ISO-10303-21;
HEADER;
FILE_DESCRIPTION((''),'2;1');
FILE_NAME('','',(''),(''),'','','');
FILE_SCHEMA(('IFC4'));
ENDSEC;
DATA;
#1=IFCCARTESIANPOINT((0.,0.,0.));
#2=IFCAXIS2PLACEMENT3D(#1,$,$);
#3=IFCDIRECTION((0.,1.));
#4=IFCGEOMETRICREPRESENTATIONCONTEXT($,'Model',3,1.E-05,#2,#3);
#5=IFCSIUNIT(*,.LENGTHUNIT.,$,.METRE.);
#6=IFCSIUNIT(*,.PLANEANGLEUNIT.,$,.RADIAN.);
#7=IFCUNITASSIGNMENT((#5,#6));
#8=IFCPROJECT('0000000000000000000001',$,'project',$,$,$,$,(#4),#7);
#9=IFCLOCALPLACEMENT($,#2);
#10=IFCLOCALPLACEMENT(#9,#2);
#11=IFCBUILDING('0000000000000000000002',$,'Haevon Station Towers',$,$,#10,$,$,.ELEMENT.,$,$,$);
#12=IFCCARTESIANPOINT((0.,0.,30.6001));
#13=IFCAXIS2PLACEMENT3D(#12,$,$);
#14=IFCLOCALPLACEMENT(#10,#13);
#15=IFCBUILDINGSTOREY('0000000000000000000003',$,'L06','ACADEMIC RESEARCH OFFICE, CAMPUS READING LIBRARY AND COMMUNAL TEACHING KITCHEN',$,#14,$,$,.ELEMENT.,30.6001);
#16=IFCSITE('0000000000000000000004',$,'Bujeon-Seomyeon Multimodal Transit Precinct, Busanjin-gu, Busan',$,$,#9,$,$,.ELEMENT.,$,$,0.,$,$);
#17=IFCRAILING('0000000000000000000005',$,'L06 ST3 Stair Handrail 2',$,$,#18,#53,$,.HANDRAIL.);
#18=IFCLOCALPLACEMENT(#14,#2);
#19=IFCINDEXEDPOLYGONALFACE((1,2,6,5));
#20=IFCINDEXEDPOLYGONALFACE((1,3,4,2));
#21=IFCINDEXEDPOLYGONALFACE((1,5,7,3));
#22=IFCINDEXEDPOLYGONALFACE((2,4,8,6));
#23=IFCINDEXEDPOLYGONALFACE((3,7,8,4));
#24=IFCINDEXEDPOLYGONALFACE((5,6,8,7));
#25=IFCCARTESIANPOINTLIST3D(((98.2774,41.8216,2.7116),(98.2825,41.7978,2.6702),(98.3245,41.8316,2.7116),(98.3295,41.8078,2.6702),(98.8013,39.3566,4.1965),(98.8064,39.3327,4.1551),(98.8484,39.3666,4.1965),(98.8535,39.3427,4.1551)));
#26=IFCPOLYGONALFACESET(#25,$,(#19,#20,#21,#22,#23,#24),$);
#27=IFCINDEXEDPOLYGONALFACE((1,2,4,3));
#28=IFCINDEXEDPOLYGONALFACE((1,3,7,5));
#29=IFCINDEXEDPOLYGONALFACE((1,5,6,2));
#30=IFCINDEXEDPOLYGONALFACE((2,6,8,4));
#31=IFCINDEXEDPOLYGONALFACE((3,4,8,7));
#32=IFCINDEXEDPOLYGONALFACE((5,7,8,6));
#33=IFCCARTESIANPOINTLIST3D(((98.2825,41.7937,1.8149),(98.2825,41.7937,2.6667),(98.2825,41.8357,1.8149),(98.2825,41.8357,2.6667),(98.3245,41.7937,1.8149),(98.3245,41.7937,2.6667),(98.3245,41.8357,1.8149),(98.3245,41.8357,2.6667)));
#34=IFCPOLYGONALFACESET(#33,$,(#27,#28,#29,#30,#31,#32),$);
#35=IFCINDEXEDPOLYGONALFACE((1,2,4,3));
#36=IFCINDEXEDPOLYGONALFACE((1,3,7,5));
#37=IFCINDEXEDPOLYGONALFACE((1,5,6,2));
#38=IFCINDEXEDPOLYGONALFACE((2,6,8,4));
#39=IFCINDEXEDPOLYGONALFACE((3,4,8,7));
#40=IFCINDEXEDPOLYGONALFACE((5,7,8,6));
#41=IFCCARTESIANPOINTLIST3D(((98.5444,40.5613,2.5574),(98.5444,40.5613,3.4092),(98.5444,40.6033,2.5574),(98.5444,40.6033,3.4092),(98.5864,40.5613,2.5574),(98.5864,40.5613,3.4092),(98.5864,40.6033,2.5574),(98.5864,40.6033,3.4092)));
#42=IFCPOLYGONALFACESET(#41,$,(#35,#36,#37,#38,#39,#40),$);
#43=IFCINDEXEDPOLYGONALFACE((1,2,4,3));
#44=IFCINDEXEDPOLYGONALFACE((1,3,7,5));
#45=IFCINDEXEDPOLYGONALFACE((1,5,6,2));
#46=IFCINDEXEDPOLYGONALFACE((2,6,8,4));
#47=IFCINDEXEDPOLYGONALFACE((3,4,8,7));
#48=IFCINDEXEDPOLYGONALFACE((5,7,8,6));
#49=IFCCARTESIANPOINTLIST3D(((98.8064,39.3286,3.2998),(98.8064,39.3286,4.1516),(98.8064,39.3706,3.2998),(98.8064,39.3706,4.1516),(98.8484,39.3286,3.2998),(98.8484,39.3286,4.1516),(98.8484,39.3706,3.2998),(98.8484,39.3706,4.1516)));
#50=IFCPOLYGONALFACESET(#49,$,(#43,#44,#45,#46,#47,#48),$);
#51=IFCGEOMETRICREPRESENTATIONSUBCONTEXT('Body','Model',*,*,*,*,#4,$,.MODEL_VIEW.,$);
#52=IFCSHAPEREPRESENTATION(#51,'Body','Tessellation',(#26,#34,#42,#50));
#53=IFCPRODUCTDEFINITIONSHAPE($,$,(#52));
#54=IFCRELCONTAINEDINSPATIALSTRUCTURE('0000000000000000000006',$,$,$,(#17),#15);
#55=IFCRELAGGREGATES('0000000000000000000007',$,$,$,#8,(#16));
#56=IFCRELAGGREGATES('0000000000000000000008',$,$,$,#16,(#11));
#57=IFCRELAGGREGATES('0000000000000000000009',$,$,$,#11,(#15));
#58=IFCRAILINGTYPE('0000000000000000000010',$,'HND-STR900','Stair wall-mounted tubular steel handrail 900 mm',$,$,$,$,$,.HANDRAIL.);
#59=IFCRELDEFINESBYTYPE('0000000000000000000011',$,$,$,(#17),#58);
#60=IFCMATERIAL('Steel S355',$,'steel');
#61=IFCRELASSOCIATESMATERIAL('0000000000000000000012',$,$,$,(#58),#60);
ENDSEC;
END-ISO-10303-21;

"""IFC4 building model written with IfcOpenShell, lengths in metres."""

from ifc_helpers import new_model, si_unit, direction, frame, origin, origin_2d, place, context, subcontext, project, spatial, rectangle, extrude, material, type_object, element, save


model = new_model("IFC4")

# Units and contexts
model_context = context("Model", 3, precision=1e-05, world=origin(), true_north=direction((0.0, 1.0)))
body_context = subcontext(model_context, "Body", "Model", "MODEL_VIEW")
ifc_project = project(units=[si_unit("LENGTHUNIT", "METRE"), si_unit("PLANEANGLEUNIT", "RADIAN")], contexts=[model_context])

# Site, building, storey
site_placement = place(None, origin())
site = spatial("IfcSite", under=ifc_project, at=site_placement, Name="Bujeon-Seomyeon Multimodal Transit Precinct, Busanjin-gu, Busan", CompositionType="ELEMENT", RefElevation=0.0)
building_placement = place(site_placement, origin())
building = spatial("IfcBuilding", under=site, at=building_placement, Name="Haevon Station Towers", CompositionType="ELEMENT")
storey_placement = place(building_placement, frame((0.0, 0.0, 30.6001)))
storey = spatial("IfcBuildingStorey", under=building, at=storey_placement, Name="L06", Description="ACADEMIC RESEARCH OFFICE, CAMPUS READING LIBRARY AND COMMUNAL TEACHING KITCHEN", CompositionType="ELEMENT", Elevation=30.6001)

# Shared definitions
ifc_material_1 = material(Name="Steel S355", Category="steel")

# Railing
railing_type_1 = type_object("IfcRailingType", Name="HND-STR900", Description="Stair wall-mounted tubular steel handrail 900 mm", PredefinedType="HANDRAIL", material=ifc_material_1)
railing_1_placement = place(storey_placement, frame((98.3035, 41.8147, 1.8149)))
element("IfcRailing", 1, at=railing_1_placement, inside=storey, type_object=railing_type_1, Name="L06 ST3 Stair Handrail 2", PredefinedType="HANDRAIL", context=body_context, shape_type="SweptSolid", body=[
    extrude(rectangle(XDim=0.0481, YDim=0.0481, at=origin_2d()), frame((0.0, 0.0, 0.876), z_axis=(0.179116, -0.842748, 0.507635), x_axis=(0.978151, 0.207895, 0.0)), (0.0, 0.0, 1.0), 2.925),
    extrude(rectangle(XDim=0.042, YDim=0.042, at=origin_2d()), origin(), (0.0, 0.0, 1.0), 0.8518),
    extrude(rectangle(XDim=0.042, YDim=0.042, at=origin_2d()), frame((0.262, -1.2324, 0.7424)), (0.0, 0.0, 1.0), 0.8518),
    extrude(rectangle(XDim=0.042, YDim=0.042, at=origin_2d()), frame((0.5239, -2.4651, 1.4849)), (0.0, 0.0, 1.0), 0.8518),
])

save(model, "model.ifc")
